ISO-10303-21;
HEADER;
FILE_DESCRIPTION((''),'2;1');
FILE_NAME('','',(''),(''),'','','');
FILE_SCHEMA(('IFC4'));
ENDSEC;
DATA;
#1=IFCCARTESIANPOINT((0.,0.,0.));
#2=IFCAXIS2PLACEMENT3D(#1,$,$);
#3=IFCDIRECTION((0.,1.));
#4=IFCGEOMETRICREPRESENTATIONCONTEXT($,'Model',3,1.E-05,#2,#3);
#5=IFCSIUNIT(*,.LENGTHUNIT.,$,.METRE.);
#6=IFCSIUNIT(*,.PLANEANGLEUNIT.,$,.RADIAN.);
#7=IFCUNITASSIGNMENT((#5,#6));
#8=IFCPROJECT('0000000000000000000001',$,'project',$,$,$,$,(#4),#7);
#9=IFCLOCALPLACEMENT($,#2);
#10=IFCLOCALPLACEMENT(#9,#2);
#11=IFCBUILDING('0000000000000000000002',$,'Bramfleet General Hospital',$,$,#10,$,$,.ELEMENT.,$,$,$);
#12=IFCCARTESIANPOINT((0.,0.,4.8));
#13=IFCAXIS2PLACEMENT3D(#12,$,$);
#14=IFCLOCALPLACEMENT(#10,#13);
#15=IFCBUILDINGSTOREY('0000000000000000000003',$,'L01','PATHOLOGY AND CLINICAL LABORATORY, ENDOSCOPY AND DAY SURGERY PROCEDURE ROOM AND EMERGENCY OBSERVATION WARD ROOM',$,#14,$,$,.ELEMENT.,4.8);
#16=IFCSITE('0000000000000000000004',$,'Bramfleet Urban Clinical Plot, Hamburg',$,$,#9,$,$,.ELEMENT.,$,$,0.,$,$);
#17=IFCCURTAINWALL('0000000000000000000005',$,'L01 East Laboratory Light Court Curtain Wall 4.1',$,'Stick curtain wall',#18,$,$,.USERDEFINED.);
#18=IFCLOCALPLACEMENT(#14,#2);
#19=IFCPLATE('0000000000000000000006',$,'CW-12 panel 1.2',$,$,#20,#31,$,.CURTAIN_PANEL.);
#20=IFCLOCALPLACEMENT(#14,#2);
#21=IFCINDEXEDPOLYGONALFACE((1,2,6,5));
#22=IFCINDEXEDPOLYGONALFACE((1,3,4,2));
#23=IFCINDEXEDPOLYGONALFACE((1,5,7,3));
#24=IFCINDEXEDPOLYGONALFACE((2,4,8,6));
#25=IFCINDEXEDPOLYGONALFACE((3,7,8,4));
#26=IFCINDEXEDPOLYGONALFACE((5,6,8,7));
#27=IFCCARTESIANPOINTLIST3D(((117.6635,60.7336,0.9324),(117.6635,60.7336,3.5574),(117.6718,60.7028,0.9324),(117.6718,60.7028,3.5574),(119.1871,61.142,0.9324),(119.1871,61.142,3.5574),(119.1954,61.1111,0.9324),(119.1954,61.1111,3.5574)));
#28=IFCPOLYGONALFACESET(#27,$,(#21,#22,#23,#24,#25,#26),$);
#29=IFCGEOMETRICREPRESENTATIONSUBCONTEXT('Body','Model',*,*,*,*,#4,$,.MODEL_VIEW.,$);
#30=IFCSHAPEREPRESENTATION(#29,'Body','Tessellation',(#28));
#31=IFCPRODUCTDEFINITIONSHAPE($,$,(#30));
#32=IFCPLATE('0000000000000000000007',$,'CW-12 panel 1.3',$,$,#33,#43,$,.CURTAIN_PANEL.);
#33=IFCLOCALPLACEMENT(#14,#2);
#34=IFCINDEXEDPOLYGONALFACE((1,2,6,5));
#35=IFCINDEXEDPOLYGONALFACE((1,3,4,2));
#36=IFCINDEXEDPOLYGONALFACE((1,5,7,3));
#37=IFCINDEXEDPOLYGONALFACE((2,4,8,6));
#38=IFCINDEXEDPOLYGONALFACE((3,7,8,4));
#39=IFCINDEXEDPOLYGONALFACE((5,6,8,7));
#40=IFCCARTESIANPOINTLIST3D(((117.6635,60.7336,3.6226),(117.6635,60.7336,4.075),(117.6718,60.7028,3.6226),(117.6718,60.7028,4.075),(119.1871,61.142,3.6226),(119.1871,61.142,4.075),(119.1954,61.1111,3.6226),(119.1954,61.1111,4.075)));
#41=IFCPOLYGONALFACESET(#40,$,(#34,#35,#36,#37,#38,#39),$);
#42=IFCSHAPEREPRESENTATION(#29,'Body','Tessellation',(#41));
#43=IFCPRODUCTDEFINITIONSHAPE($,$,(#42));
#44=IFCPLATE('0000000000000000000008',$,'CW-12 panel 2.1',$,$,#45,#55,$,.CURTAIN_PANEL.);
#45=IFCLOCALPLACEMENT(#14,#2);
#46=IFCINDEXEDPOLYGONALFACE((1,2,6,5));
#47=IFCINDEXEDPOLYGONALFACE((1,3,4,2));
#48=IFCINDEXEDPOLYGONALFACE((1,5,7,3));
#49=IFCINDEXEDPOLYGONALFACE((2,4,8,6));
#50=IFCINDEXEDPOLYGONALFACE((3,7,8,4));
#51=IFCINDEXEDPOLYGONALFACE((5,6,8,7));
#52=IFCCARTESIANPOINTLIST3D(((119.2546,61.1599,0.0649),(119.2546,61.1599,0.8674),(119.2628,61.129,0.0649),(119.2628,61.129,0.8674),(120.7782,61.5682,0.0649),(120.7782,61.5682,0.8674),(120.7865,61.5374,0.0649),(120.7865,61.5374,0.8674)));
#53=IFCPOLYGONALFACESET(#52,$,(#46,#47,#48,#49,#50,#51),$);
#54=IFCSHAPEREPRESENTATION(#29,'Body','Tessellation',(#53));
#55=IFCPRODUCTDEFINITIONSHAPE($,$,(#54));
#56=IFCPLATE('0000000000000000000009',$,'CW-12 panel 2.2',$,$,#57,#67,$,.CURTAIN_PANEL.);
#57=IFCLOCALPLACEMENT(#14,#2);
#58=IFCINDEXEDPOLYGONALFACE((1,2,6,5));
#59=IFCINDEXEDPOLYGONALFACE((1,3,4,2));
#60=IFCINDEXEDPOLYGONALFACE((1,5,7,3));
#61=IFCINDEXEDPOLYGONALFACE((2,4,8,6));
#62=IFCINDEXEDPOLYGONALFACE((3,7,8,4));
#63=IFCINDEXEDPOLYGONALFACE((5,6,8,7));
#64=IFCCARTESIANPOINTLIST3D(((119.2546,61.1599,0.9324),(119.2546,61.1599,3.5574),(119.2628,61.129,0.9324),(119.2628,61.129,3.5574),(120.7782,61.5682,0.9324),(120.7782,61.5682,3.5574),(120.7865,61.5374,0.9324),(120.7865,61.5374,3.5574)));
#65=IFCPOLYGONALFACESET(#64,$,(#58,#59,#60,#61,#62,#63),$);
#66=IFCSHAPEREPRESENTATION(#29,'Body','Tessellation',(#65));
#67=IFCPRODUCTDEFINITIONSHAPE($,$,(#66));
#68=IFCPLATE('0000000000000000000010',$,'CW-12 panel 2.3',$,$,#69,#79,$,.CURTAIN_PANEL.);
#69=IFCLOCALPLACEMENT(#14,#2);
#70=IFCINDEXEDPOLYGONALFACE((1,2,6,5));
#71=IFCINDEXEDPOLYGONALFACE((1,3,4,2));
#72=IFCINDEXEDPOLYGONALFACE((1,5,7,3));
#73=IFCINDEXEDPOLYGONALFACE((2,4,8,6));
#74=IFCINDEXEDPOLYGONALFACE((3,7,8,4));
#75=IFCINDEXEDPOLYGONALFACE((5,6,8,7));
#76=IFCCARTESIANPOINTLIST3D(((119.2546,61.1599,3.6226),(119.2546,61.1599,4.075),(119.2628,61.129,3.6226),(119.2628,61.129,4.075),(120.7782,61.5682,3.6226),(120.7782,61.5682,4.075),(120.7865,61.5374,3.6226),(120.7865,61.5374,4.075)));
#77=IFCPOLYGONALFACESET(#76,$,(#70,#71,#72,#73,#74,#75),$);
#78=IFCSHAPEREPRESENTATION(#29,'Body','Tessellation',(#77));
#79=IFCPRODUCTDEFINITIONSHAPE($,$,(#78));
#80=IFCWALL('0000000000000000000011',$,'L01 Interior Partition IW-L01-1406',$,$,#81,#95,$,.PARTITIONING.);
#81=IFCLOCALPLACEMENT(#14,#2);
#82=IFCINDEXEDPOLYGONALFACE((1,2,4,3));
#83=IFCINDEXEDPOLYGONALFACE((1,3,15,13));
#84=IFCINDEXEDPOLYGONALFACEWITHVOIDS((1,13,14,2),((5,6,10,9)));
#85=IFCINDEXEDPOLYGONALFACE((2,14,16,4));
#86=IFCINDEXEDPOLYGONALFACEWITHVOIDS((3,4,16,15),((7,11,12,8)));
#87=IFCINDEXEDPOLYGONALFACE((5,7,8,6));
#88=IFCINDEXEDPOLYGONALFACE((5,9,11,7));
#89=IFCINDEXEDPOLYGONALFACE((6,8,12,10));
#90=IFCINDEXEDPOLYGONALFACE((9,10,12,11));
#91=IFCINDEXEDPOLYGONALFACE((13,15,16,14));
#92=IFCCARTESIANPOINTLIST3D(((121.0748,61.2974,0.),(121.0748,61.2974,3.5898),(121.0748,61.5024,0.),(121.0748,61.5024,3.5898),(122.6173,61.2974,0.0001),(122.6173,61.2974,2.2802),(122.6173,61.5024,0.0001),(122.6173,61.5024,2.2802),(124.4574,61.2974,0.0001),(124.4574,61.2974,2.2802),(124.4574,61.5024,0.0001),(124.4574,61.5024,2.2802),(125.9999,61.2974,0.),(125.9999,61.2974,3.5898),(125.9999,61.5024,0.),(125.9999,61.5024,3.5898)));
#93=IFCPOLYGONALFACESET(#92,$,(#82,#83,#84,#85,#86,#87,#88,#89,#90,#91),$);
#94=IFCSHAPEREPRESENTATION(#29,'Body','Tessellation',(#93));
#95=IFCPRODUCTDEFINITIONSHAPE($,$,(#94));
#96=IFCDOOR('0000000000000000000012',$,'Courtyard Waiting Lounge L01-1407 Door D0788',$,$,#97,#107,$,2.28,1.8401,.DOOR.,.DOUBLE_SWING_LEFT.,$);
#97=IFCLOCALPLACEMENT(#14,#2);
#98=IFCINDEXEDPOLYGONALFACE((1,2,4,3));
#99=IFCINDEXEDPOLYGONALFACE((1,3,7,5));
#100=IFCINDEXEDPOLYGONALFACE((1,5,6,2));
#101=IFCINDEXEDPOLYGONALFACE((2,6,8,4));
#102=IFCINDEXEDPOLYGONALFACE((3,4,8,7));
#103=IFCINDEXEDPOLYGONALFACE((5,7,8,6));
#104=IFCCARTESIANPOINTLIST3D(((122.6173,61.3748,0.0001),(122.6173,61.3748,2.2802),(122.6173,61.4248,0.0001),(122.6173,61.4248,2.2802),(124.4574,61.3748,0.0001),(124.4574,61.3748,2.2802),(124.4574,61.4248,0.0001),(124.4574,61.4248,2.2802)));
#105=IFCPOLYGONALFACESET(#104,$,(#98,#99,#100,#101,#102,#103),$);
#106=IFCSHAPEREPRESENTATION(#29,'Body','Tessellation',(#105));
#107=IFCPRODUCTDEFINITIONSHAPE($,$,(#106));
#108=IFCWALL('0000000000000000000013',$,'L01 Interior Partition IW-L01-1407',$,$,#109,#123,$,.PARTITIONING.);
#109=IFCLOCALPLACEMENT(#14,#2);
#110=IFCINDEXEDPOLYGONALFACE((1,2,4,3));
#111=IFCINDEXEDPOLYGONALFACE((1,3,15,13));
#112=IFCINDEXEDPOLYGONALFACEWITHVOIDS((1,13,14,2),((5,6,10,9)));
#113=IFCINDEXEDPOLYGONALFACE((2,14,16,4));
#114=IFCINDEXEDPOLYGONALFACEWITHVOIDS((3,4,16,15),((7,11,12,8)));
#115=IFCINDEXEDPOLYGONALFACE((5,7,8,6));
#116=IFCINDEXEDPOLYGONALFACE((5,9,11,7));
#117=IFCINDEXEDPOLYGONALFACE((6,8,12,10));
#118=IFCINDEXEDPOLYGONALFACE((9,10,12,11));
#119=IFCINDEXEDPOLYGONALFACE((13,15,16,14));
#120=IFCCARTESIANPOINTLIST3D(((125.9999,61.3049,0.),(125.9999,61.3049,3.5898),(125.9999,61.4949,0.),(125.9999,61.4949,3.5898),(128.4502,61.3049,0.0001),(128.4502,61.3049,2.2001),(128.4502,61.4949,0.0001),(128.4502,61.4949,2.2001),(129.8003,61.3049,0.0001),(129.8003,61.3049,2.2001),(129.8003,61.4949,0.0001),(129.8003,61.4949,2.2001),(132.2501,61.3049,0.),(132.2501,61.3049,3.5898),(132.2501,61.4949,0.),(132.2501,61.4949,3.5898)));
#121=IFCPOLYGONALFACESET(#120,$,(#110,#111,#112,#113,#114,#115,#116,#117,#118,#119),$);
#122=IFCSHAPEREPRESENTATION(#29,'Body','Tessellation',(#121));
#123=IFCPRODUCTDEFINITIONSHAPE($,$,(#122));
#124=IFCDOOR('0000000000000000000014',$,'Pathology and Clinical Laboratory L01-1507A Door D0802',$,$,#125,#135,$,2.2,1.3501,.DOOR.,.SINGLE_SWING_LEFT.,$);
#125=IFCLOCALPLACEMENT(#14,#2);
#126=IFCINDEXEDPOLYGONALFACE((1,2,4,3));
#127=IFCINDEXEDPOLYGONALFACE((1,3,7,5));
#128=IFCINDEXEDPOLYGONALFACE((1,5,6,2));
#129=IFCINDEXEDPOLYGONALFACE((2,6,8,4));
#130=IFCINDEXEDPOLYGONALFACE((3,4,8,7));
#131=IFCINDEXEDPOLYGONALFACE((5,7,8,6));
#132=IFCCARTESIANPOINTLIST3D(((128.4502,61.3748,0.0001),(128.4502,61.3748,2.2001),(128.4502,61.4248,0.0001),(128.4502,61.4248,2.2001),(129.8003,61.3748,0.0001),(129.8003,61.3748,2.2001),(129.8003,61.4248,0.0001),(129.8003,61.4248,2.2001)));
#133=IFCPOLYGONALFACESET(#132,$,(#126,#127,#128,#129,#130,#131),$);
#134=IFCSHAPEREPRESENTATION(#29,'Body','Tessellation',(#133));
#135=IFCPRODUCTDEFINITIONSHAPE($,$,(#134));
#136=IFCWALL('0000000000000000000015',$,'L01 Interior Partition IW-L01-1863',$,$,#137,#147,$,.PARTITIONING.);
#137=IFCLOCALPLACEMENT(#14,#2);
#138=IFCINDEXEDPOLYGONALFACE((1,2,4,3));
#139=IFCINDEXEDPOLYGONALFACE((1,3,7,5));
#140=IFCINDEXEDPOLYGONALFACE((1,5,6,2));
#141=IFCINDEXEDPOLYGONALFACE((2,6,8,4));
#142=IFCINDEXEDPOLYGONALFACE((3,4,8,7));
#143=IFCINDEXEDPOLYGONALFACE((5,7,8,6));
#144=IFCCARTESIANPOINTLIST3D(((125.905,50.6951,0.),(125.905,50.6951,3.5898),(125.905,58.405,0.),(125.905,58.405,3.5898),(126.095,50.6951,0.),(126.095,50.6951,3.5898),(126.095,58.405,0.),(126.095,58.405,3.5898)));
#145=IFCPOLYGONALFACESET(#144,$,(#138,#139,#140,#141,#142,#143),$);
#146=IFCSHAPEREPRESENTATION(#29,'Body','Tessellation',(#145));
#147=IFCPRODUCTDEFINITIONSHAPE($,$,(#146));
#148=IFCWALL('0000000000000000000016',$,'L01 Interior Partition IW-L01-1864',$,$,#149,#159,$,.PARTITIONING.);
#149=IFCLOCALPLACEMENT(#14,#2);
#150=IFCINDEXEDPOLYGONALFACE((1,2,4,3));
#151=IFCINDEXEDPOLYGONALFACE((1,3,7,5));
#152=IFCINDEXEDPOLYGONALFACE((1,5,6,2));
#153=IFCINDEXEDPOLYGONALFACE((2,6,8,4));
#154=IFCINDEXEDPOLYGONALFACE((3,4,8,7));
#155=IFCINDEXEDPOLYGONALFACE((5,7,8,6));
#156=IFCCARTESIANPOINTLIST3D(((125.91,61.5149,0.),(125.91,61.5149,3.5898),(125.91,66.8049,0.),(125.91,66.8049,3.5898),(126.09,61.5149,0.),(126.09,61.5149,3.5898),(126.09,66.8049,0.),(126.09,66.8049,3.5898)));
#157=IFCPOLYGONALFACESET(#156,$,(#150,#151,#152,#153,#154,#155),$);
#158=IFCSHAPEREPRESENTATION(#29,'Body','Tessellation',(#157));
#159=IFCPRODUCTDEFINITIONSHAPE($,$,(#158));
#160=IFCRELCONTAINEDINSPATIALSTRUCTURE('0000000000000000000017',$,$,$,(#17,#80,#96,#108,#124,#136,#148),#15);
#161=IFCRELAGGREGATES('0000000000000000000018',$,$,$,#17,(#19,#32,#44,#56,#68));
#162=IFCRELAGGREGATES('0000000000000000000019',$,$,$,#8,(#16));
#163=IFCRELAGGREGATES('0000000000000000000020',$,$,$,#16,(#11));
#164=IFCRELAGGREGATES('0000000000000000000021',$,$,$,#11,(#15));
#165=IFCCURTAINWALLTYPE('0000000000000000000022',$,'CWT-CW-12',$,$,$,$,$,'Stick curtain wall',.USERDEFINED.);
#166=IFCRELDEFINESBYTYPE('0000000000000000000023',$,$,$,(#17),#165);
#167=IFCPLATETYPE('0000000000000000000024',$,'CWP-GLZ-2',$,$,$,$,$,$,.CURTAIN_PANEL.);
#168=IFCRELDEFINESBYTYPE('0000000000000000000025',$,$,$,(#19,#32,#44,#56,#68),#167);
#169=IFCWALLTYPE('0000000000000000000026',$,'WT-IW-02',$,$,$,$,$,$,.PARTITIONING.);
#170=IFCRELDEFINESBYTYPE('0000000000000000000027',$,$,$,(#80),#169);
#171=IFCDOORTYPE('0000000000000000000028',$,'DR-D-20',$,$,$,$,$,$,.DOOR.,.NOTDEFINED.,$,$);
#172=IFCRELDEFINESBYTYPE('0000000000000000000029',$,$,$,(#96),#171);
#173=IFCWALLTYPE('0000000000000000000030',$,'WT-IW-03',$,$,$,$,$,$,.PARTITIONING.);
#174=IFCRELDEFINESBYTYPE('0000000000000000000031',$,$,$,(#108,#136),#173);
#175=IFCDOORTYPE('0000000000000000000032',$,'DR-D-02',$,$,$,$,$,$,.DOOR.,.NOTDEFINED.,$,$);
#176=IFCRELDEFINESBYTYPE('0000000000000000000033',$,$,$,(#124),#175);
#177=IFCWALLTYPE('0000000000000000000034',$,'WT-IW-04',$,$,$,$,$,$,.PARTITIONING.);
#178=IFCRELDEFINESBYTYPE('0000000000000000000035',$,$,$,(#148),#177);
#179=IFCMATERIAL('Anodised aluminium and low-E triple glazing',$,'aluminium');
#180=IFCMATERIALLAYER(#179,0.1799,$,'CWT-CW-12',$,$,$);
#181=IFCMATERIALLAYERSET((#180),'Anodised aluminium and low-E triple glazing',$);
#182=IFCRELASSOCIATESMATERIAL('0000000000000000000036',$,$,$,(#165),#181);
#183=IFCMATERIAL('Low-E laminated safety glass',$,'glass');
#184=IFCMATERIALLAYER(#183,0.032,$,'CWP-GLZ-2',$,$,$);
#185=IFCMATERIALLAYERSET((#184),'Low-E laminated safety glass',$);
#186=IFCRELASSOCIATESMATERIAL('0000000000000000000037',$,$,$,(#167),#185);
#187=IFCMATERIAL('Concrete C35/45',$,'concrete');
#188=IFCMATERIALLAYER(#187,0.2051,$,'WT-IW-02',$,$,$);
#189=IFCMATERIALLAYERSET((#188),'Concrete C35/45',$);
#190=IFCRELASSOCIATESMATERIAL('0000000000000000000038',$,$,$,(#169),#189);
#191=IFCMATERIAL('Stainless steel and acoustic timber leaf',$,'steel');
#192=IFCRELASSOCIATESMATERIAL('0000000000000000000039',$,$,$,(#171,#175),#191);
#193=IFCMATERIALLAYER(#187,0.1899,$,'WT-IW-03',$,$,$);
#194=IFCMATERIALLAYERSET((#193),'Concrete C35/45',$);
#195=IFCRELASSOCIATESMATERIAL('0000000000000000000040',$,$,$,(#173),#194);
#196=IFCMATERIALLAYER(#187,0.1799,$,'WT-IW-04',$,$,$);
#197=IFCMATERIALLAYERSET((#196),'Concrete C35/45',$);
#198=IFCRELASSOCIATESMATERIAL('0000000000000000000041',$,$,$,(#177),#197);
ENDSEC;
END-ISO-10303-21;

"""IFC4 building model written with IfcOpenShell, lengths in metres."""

from ifc_helpers import new_model, si_unit, direction, frame, frame_2d, origin, origin_2d, place, context, subcontext, project, spatial, rectangle, extrude, material, layer, layer_set, type_object, element, fill, aggregate, save


model = new_model("IFC4")

# Units and contexts
model_context = context("Model", 3, precision=1e-05, world=origin(), true_north=direction((0.0, 1.0)))
body_context = subcontext(model_context, "Body", "Model", "MODEL_VIEW")
ifc_project = project(units=[si_unit("LENGTHUNIT", "METRE"), si_unit("PLANEANGLEUNIT", "RADIAN")], contexts=[model_context])

# Site, building, storey
site_placement = place(None, origin())
site = spatial("IfcSite", under=ifc_project, at=site_placement, Name="Bramfleet Urban Clinical Plot, Hamburg", CompositionType="ELEMENT", RefElevation=0.0)
building_placement = place(site_placement, origin())
building = spatial("IfcBuilding", under=site, at=building_placement, Name="Bramfleet General Hospital", CompositionType="ELEMENT")
storey_placement = place(building_placement, frame((0.0, 0.0, 4.8)))
storey = spatial("IfcBuildingStorey", under=building, at=storey_placement, Name="L01", Description="PATHOLOGY AND CLINICAL LABORATORY, ENDOSCOPY AND DAY SURGERY PROCEDURE ROOM AND EMERGENCY OBSERVATION WARD ROOM", CompositionType="ELEMENT", Elevation=4.8)

# Shared definitions
ifc_material_1 = material(Name="Concrete C35/45", Category="concrete")

# Curtain wall
ifc_material_2 = material(Name="Anodised aluminium and low-E triple glazing", Category="aluminium")
ifc_layer_1 = layer(ifc_material_2, 0.1799, Name="CWT-CW-12")
ifc_layer_set_1 = layer_set([ifc_layer_1], Name="Anodised aluminium and low-E triple glazing")
curtain_wall_type_1 = type_object("IfcCurtainWallType", Name="CWT-CW-12", ElementType="Stick curtain wall", PredefinedType="USERDEFINED", material=ifc_layer_set_1)
curtain_wall_1_placement = place(storey_placement, origin())
curtain_wall_1 = element("IfcCurtainWall", 1, at=curtain_wall_1_placement, inside=storey, type_object=curtain_wall_type_1, Name="L01 East Laboratory Light Court Curtain Wall 4.1", ObjectType="Stick curtain wall", PredefinedType="USERDEFINED")

# Plates
ifc_material_3 = material(Name="Low-E laminated safety glass", Category="glass")
ifc_layer_2 = layer(ifc_material_3, 0.032, Name="CWP-GLZ-2")
ifc_layer_set_2 = layer_set([ifc_layer_2], Name="Low-E laminated safety glass")
plate_type = type_object("IfcPlateType", Name="CWP-GLZ-2", PredefinedType="CURTAIN_PANEL", material=ifc_layer_set_2)
plate_1_placement = place(storey_placement, frame((118.4294, 60.9224, 0.9324), z_axis=(0.0, 0.0, 1.0), x_axis=(0.965914, 0.258865, 0.0)))
plate_1 = element("IfcPlate", 2, at=plate_1_placement, type_object=plate_type, Name="CW-12 panel 1.2", PredefinedType="CURTAIN_PANEL", context=body_context, shape_type="SweptSolid", body=[
    extrude(rectangle(XDim=1.5774, YDim=0.032, at=origin_2d()), origin(), (0.0, 0.0, 1.0), 2.625),
])
plate_2_placement = place(storey_placement, frame((118.4294, 60.9224, 3.6226), z_axis=(0.0, 0.0, 1.0), x_axis=(0.965914, 0.258865, 0.0)))
plate_2 = element("IfcPlate", 3, at=plate_2_placement, type_object=plate_type, Name="CW-12 panel 1.3", PredefinedType="CURTAIN_PANEL", context=body_context, shape_type="SweptSolid", body=[
    extrude(rectangle(XDim=1.5774, YDim=0.032, at=origin_2d()), origin(), (0.0, 0.0, 1.0), 0.4524),
])
plate_3_placement = place(storey_placement, frame((120.0205, 61.3486, 0.0649), z_axis=(0.0, 0.0, 1.0), x_axis=(0.965914, 0.258865, 0.0)))
plate_3 = element("IfcPlate", 4, at=plate_3_placement, type_object=plate_type, Name="CW-12 panel 2.1", PredefinedType="CURTAIN_PANEL", context=body_context, shape_type="SweptSolid", body=[
    extrude(rectangle(XDim=1.5774, YDim=0.032, at=origin_2d()), origin(), (0.0, 0.0, 1.0), 0.8025),
])
plate_4_placement = place(storey_placement, frame((120.0205, 61.3486, 0.9324), z_axis=(0.0, 0.0, 1.0), x_axis=(0.965914, 0.258865, 0.0)))
plate_4 = element("IfcPlate", 5, at=plate_4_placement, type_object=plate_type, Name="CW-12 panel 2.2", PredefinedType="CURTAIN_PANEL", context=body_context, shape_type="SweptSolid", body=[
    extrude(rectangle(XDim=1.5774, YDim=0.032, at=origin_2d()), origin(), (0.0, 0.0, 1.0), 2.625),
])
plate_5_placement = place(storey_placement, frame((120.0205, 61.3486, 3.6226), z_axis=(0.0, 0.0, 1.0), x_axis=(0.965914, 0.258865, 0.0)))
plate_5 = element("IfcPlate", 6, at=plate_5_placement, type_object=plate_type, Name="CW-12 panel 2.3", PredefinedType="CURTAIN_PANEL", context=body_context, shape_type="SweptSolid", body=[
    extrude(rectangle(XDim=1.5774, YDim=0.032, at=origin_2d()), origin(), (0.0, 0.0, 1.0), 0.4524),
])
aggregate(curtain_wall_1, [plate_1, plate_2, plate_3, plate_4, plate_5])

# Walls, openings, doors
ifc_layer_3 = layer(ifc_material_1, 0.2051, Name="WT-IW-02")
ifc_layer_set_3 = layer_set([ifc_layer_3], Name="Concrete C35/45")
wall_type_1 = type_object("IfcWallType", Name="WT-IW-02", PredefinedType="PARTITIONING", material=ifc_layer_set_3)
wall_1_placement = place(storey_placement, frame((121.075, 61.3999, 0.0), z_axis=(0.0, 0.0, 1.0), x_axis=(1.0, 0.0, 0.0)))
wall_1 = element("IfcWall", 7, at=wall_1_placement, inside=storey, type_object=wall_type_1, Name="L01 Interior Partition IW-L01-1406", PredefinedType="PARTITIONING", context=body_context, shape_type="SweptSolid", body=[
    extrude(rectangle(XDim=4.925, YDim=0.2051, at=frame_2d((2.4624, 0.0))), origin(), (0.0, 0.0, 1.0), 3.5898),
])
opening_1_placement = place(wall_1_placement, frame((1.5425, 0.0, 0.0)))
opening_1 = element("IfcOpeningElement", 8, at=opening_1_placement, cuts=wall_1, PredefinedType="OPENING", context=body_context, shape_type="SweptSolid", body=[
    extrude(rectangle(XDim=1.8401, YDim=2.28, at=frame_2d((0.9199, 1.1401))), frame((0.0, 0.1125, 0.0), z_axis=(0.0, -1.0, 0.0), x_axis=(1.0, 0.0, 0.0)), (0.0, 0.0, 1.0), 0.2251),
])
ifc_material_4 = material(Name="Stainless steel and acoustic timber leaf", Category="steel")
door_type_1 = type_object("IfcDoorType", Name="DR-D-20", OperationType="NOTDEFINED", PredefinedType="DOOR", material=ifc_material_4)
door_1_placement = place(opening_1_placement, origin())
door_1 = element("IfcDoor", 9, at=door_1_placement, inside=storey, type_object=door_type_1, Name="Courtyard Waiting Lounge L01-1407 Door D0788", OperationType="DOUBLE_SWING_LEFT", OverallHeight=2.28, OverallWidth=1.8401, PredefinedType="DOOR", context=body_context, shape_type="SweptSolid", body=[
    extrude(rectangle(XDim=1.8401, YDim=2.28, at=frame_2d((0.9199, 1.1401))), frame((0.0, 0.0249, 0.0), z_axis=(0.0, -1.0, 0.0), x_axis=(1.0, 0.0, 0.0)), (0.0, 0.0, 1.0), 0.05),
])
fill(opening_1, door_1)
ifc_layer_4 = layer(ifc_material_1, 0.1899, Name="WT-IW-03")
ifc_layer_set_4 = layer_set([ifc_layer_4], Name="Concrete C35/45")
wall_type_2 = type_object("IfcWallType", Name="WT-IW-03", PredefinedType="PARTITIONING", material=ifc_layer_set_4)
wall_2_placement = place(storey_placement, frame((126.0, 61.3999, 0.0), z_axis=(0.0, 0.0, 1.0), x_axis=(1.0, 0.0, 0.0)))
wall_2 = element("IfcWall", 10, at=wall_2_placement, inside=storey, type_object=wall_type_2, Name="L01 Interior Partition IW-L01-1407", PredefinedType="PARTITIONING", context=body_context, shape_type="SweptSolid", body=[
    extrude(rectangle(XDim=6.2502, YDim=0.1899, at=frame_2d((3.125, 0.0))), origin(), (0.0, 0.0, 1.0), 3.5898),
])
opening_2_placement = place(wall_2_placement, frame((2.4502, 0.0, 0.0)))
opening_2 = element("IfcOpeningElement", 11, at=opening_2_placement, cuts=wall_2, PredefinedType="OPENING", context=body_context, shape_type="SweptSolid", body=[
    extrude(rectangle(XDim=1.3501, YDim=2.2, at=frame_2d((0.675, 1.1001))), frame((0.0, 0.105, 0.0), z_axis=(0.0, -1.0, 0.0), x_axis=(1.0, 0.0, 0.0)), (0.0, 0.0, 1.0), 0.21),
])
door_type_2 = type_object("IfcDoorType", Name="DR-D-02", OperationType="NOTDEFINED", PredefinedType="DOOR", material=ifc_material_4)
door_2_placement = place(opening_2_placement, origin())
door_2 = element("IfcDoor", 12, at=door_2_placement, inside=storey, type_object=door_type_2, Name="Pathology and Clinical Laboratory L01-1507A Door D0802", OperationType="SINGLE_SWING_LEFT", OverallHeight=2.2, OverallWidth=1.3501, PredefinedType="DOOR", context=body_context, shape_type="SweptSolid", body=[
    extrude(rectangle(XDim=1.3501, YDim=2.2, at=frame_2d((0.675, 1.1001))), frame((0.0, 0.0249, 0.0), z_axis=(0.0, -1.0, 0.0), x_axis=(1.0, 0.0, 0.0)), (0.0, 0.0, 1.0), 0.05),
])
fill(opening_2, door_2)

# Walls
wall_3_placement = place(storey_placement, frame((126.0, 50.6951, 0.0), z_axis=(0.0, 0.0, 1.0), x_axis=(0.0, 1.0, 0.0)))
element("IfcWall", 13, at=wall_3_placement, inside=storey, type_object=wall_type_2, Name="L01 Interior Partition IW-L01-1863", PredefinedType="PARTITIONING", context=body_context, shape_type="SweptSolid", body=[
    extrude(rectangle(XDim=7.71, YDim=0.1899, at=frame_2d((3.855, 0.0))), origin(), (0.0, 0.0, 1.0), 3.5898),
])
ifc_layer_5 = layer(ifc_material_1, 0.1799, Name="WT-IW-04")
ifc_layer_set_5 = layer_set([ifc_layer_5], Name="Concrete C35/45")
wall_type_3 = type_object("IfcWallType", Name="WT-IW-04", PredefinedType="PARTITIONING", material=ifc_layer_set_5)
wall_4_placement = place(storey_placement, frame((126.0, 61.5149, 0.0), z_axis=(0.0, 0.0, 1.0), x_axis=(0.0, 1.0, 0.0)))
element("IfcWall", 14, at=wall_4_placement, inside=storey, type_object=wall_type_3, Name="L01 Interior Partition IW-L01-1864", PredefinedType="PARTITIONING", context=body_context, shape_type="SweptSolid", body=[
    extrude(rectangle(XDim=5.29, YDim=0.1799, at=frame_2d((2.645, 0.0))), origin(), (0.0, 0.0, 1.0), 3.5898),
])

save(model, "model.ifc")
